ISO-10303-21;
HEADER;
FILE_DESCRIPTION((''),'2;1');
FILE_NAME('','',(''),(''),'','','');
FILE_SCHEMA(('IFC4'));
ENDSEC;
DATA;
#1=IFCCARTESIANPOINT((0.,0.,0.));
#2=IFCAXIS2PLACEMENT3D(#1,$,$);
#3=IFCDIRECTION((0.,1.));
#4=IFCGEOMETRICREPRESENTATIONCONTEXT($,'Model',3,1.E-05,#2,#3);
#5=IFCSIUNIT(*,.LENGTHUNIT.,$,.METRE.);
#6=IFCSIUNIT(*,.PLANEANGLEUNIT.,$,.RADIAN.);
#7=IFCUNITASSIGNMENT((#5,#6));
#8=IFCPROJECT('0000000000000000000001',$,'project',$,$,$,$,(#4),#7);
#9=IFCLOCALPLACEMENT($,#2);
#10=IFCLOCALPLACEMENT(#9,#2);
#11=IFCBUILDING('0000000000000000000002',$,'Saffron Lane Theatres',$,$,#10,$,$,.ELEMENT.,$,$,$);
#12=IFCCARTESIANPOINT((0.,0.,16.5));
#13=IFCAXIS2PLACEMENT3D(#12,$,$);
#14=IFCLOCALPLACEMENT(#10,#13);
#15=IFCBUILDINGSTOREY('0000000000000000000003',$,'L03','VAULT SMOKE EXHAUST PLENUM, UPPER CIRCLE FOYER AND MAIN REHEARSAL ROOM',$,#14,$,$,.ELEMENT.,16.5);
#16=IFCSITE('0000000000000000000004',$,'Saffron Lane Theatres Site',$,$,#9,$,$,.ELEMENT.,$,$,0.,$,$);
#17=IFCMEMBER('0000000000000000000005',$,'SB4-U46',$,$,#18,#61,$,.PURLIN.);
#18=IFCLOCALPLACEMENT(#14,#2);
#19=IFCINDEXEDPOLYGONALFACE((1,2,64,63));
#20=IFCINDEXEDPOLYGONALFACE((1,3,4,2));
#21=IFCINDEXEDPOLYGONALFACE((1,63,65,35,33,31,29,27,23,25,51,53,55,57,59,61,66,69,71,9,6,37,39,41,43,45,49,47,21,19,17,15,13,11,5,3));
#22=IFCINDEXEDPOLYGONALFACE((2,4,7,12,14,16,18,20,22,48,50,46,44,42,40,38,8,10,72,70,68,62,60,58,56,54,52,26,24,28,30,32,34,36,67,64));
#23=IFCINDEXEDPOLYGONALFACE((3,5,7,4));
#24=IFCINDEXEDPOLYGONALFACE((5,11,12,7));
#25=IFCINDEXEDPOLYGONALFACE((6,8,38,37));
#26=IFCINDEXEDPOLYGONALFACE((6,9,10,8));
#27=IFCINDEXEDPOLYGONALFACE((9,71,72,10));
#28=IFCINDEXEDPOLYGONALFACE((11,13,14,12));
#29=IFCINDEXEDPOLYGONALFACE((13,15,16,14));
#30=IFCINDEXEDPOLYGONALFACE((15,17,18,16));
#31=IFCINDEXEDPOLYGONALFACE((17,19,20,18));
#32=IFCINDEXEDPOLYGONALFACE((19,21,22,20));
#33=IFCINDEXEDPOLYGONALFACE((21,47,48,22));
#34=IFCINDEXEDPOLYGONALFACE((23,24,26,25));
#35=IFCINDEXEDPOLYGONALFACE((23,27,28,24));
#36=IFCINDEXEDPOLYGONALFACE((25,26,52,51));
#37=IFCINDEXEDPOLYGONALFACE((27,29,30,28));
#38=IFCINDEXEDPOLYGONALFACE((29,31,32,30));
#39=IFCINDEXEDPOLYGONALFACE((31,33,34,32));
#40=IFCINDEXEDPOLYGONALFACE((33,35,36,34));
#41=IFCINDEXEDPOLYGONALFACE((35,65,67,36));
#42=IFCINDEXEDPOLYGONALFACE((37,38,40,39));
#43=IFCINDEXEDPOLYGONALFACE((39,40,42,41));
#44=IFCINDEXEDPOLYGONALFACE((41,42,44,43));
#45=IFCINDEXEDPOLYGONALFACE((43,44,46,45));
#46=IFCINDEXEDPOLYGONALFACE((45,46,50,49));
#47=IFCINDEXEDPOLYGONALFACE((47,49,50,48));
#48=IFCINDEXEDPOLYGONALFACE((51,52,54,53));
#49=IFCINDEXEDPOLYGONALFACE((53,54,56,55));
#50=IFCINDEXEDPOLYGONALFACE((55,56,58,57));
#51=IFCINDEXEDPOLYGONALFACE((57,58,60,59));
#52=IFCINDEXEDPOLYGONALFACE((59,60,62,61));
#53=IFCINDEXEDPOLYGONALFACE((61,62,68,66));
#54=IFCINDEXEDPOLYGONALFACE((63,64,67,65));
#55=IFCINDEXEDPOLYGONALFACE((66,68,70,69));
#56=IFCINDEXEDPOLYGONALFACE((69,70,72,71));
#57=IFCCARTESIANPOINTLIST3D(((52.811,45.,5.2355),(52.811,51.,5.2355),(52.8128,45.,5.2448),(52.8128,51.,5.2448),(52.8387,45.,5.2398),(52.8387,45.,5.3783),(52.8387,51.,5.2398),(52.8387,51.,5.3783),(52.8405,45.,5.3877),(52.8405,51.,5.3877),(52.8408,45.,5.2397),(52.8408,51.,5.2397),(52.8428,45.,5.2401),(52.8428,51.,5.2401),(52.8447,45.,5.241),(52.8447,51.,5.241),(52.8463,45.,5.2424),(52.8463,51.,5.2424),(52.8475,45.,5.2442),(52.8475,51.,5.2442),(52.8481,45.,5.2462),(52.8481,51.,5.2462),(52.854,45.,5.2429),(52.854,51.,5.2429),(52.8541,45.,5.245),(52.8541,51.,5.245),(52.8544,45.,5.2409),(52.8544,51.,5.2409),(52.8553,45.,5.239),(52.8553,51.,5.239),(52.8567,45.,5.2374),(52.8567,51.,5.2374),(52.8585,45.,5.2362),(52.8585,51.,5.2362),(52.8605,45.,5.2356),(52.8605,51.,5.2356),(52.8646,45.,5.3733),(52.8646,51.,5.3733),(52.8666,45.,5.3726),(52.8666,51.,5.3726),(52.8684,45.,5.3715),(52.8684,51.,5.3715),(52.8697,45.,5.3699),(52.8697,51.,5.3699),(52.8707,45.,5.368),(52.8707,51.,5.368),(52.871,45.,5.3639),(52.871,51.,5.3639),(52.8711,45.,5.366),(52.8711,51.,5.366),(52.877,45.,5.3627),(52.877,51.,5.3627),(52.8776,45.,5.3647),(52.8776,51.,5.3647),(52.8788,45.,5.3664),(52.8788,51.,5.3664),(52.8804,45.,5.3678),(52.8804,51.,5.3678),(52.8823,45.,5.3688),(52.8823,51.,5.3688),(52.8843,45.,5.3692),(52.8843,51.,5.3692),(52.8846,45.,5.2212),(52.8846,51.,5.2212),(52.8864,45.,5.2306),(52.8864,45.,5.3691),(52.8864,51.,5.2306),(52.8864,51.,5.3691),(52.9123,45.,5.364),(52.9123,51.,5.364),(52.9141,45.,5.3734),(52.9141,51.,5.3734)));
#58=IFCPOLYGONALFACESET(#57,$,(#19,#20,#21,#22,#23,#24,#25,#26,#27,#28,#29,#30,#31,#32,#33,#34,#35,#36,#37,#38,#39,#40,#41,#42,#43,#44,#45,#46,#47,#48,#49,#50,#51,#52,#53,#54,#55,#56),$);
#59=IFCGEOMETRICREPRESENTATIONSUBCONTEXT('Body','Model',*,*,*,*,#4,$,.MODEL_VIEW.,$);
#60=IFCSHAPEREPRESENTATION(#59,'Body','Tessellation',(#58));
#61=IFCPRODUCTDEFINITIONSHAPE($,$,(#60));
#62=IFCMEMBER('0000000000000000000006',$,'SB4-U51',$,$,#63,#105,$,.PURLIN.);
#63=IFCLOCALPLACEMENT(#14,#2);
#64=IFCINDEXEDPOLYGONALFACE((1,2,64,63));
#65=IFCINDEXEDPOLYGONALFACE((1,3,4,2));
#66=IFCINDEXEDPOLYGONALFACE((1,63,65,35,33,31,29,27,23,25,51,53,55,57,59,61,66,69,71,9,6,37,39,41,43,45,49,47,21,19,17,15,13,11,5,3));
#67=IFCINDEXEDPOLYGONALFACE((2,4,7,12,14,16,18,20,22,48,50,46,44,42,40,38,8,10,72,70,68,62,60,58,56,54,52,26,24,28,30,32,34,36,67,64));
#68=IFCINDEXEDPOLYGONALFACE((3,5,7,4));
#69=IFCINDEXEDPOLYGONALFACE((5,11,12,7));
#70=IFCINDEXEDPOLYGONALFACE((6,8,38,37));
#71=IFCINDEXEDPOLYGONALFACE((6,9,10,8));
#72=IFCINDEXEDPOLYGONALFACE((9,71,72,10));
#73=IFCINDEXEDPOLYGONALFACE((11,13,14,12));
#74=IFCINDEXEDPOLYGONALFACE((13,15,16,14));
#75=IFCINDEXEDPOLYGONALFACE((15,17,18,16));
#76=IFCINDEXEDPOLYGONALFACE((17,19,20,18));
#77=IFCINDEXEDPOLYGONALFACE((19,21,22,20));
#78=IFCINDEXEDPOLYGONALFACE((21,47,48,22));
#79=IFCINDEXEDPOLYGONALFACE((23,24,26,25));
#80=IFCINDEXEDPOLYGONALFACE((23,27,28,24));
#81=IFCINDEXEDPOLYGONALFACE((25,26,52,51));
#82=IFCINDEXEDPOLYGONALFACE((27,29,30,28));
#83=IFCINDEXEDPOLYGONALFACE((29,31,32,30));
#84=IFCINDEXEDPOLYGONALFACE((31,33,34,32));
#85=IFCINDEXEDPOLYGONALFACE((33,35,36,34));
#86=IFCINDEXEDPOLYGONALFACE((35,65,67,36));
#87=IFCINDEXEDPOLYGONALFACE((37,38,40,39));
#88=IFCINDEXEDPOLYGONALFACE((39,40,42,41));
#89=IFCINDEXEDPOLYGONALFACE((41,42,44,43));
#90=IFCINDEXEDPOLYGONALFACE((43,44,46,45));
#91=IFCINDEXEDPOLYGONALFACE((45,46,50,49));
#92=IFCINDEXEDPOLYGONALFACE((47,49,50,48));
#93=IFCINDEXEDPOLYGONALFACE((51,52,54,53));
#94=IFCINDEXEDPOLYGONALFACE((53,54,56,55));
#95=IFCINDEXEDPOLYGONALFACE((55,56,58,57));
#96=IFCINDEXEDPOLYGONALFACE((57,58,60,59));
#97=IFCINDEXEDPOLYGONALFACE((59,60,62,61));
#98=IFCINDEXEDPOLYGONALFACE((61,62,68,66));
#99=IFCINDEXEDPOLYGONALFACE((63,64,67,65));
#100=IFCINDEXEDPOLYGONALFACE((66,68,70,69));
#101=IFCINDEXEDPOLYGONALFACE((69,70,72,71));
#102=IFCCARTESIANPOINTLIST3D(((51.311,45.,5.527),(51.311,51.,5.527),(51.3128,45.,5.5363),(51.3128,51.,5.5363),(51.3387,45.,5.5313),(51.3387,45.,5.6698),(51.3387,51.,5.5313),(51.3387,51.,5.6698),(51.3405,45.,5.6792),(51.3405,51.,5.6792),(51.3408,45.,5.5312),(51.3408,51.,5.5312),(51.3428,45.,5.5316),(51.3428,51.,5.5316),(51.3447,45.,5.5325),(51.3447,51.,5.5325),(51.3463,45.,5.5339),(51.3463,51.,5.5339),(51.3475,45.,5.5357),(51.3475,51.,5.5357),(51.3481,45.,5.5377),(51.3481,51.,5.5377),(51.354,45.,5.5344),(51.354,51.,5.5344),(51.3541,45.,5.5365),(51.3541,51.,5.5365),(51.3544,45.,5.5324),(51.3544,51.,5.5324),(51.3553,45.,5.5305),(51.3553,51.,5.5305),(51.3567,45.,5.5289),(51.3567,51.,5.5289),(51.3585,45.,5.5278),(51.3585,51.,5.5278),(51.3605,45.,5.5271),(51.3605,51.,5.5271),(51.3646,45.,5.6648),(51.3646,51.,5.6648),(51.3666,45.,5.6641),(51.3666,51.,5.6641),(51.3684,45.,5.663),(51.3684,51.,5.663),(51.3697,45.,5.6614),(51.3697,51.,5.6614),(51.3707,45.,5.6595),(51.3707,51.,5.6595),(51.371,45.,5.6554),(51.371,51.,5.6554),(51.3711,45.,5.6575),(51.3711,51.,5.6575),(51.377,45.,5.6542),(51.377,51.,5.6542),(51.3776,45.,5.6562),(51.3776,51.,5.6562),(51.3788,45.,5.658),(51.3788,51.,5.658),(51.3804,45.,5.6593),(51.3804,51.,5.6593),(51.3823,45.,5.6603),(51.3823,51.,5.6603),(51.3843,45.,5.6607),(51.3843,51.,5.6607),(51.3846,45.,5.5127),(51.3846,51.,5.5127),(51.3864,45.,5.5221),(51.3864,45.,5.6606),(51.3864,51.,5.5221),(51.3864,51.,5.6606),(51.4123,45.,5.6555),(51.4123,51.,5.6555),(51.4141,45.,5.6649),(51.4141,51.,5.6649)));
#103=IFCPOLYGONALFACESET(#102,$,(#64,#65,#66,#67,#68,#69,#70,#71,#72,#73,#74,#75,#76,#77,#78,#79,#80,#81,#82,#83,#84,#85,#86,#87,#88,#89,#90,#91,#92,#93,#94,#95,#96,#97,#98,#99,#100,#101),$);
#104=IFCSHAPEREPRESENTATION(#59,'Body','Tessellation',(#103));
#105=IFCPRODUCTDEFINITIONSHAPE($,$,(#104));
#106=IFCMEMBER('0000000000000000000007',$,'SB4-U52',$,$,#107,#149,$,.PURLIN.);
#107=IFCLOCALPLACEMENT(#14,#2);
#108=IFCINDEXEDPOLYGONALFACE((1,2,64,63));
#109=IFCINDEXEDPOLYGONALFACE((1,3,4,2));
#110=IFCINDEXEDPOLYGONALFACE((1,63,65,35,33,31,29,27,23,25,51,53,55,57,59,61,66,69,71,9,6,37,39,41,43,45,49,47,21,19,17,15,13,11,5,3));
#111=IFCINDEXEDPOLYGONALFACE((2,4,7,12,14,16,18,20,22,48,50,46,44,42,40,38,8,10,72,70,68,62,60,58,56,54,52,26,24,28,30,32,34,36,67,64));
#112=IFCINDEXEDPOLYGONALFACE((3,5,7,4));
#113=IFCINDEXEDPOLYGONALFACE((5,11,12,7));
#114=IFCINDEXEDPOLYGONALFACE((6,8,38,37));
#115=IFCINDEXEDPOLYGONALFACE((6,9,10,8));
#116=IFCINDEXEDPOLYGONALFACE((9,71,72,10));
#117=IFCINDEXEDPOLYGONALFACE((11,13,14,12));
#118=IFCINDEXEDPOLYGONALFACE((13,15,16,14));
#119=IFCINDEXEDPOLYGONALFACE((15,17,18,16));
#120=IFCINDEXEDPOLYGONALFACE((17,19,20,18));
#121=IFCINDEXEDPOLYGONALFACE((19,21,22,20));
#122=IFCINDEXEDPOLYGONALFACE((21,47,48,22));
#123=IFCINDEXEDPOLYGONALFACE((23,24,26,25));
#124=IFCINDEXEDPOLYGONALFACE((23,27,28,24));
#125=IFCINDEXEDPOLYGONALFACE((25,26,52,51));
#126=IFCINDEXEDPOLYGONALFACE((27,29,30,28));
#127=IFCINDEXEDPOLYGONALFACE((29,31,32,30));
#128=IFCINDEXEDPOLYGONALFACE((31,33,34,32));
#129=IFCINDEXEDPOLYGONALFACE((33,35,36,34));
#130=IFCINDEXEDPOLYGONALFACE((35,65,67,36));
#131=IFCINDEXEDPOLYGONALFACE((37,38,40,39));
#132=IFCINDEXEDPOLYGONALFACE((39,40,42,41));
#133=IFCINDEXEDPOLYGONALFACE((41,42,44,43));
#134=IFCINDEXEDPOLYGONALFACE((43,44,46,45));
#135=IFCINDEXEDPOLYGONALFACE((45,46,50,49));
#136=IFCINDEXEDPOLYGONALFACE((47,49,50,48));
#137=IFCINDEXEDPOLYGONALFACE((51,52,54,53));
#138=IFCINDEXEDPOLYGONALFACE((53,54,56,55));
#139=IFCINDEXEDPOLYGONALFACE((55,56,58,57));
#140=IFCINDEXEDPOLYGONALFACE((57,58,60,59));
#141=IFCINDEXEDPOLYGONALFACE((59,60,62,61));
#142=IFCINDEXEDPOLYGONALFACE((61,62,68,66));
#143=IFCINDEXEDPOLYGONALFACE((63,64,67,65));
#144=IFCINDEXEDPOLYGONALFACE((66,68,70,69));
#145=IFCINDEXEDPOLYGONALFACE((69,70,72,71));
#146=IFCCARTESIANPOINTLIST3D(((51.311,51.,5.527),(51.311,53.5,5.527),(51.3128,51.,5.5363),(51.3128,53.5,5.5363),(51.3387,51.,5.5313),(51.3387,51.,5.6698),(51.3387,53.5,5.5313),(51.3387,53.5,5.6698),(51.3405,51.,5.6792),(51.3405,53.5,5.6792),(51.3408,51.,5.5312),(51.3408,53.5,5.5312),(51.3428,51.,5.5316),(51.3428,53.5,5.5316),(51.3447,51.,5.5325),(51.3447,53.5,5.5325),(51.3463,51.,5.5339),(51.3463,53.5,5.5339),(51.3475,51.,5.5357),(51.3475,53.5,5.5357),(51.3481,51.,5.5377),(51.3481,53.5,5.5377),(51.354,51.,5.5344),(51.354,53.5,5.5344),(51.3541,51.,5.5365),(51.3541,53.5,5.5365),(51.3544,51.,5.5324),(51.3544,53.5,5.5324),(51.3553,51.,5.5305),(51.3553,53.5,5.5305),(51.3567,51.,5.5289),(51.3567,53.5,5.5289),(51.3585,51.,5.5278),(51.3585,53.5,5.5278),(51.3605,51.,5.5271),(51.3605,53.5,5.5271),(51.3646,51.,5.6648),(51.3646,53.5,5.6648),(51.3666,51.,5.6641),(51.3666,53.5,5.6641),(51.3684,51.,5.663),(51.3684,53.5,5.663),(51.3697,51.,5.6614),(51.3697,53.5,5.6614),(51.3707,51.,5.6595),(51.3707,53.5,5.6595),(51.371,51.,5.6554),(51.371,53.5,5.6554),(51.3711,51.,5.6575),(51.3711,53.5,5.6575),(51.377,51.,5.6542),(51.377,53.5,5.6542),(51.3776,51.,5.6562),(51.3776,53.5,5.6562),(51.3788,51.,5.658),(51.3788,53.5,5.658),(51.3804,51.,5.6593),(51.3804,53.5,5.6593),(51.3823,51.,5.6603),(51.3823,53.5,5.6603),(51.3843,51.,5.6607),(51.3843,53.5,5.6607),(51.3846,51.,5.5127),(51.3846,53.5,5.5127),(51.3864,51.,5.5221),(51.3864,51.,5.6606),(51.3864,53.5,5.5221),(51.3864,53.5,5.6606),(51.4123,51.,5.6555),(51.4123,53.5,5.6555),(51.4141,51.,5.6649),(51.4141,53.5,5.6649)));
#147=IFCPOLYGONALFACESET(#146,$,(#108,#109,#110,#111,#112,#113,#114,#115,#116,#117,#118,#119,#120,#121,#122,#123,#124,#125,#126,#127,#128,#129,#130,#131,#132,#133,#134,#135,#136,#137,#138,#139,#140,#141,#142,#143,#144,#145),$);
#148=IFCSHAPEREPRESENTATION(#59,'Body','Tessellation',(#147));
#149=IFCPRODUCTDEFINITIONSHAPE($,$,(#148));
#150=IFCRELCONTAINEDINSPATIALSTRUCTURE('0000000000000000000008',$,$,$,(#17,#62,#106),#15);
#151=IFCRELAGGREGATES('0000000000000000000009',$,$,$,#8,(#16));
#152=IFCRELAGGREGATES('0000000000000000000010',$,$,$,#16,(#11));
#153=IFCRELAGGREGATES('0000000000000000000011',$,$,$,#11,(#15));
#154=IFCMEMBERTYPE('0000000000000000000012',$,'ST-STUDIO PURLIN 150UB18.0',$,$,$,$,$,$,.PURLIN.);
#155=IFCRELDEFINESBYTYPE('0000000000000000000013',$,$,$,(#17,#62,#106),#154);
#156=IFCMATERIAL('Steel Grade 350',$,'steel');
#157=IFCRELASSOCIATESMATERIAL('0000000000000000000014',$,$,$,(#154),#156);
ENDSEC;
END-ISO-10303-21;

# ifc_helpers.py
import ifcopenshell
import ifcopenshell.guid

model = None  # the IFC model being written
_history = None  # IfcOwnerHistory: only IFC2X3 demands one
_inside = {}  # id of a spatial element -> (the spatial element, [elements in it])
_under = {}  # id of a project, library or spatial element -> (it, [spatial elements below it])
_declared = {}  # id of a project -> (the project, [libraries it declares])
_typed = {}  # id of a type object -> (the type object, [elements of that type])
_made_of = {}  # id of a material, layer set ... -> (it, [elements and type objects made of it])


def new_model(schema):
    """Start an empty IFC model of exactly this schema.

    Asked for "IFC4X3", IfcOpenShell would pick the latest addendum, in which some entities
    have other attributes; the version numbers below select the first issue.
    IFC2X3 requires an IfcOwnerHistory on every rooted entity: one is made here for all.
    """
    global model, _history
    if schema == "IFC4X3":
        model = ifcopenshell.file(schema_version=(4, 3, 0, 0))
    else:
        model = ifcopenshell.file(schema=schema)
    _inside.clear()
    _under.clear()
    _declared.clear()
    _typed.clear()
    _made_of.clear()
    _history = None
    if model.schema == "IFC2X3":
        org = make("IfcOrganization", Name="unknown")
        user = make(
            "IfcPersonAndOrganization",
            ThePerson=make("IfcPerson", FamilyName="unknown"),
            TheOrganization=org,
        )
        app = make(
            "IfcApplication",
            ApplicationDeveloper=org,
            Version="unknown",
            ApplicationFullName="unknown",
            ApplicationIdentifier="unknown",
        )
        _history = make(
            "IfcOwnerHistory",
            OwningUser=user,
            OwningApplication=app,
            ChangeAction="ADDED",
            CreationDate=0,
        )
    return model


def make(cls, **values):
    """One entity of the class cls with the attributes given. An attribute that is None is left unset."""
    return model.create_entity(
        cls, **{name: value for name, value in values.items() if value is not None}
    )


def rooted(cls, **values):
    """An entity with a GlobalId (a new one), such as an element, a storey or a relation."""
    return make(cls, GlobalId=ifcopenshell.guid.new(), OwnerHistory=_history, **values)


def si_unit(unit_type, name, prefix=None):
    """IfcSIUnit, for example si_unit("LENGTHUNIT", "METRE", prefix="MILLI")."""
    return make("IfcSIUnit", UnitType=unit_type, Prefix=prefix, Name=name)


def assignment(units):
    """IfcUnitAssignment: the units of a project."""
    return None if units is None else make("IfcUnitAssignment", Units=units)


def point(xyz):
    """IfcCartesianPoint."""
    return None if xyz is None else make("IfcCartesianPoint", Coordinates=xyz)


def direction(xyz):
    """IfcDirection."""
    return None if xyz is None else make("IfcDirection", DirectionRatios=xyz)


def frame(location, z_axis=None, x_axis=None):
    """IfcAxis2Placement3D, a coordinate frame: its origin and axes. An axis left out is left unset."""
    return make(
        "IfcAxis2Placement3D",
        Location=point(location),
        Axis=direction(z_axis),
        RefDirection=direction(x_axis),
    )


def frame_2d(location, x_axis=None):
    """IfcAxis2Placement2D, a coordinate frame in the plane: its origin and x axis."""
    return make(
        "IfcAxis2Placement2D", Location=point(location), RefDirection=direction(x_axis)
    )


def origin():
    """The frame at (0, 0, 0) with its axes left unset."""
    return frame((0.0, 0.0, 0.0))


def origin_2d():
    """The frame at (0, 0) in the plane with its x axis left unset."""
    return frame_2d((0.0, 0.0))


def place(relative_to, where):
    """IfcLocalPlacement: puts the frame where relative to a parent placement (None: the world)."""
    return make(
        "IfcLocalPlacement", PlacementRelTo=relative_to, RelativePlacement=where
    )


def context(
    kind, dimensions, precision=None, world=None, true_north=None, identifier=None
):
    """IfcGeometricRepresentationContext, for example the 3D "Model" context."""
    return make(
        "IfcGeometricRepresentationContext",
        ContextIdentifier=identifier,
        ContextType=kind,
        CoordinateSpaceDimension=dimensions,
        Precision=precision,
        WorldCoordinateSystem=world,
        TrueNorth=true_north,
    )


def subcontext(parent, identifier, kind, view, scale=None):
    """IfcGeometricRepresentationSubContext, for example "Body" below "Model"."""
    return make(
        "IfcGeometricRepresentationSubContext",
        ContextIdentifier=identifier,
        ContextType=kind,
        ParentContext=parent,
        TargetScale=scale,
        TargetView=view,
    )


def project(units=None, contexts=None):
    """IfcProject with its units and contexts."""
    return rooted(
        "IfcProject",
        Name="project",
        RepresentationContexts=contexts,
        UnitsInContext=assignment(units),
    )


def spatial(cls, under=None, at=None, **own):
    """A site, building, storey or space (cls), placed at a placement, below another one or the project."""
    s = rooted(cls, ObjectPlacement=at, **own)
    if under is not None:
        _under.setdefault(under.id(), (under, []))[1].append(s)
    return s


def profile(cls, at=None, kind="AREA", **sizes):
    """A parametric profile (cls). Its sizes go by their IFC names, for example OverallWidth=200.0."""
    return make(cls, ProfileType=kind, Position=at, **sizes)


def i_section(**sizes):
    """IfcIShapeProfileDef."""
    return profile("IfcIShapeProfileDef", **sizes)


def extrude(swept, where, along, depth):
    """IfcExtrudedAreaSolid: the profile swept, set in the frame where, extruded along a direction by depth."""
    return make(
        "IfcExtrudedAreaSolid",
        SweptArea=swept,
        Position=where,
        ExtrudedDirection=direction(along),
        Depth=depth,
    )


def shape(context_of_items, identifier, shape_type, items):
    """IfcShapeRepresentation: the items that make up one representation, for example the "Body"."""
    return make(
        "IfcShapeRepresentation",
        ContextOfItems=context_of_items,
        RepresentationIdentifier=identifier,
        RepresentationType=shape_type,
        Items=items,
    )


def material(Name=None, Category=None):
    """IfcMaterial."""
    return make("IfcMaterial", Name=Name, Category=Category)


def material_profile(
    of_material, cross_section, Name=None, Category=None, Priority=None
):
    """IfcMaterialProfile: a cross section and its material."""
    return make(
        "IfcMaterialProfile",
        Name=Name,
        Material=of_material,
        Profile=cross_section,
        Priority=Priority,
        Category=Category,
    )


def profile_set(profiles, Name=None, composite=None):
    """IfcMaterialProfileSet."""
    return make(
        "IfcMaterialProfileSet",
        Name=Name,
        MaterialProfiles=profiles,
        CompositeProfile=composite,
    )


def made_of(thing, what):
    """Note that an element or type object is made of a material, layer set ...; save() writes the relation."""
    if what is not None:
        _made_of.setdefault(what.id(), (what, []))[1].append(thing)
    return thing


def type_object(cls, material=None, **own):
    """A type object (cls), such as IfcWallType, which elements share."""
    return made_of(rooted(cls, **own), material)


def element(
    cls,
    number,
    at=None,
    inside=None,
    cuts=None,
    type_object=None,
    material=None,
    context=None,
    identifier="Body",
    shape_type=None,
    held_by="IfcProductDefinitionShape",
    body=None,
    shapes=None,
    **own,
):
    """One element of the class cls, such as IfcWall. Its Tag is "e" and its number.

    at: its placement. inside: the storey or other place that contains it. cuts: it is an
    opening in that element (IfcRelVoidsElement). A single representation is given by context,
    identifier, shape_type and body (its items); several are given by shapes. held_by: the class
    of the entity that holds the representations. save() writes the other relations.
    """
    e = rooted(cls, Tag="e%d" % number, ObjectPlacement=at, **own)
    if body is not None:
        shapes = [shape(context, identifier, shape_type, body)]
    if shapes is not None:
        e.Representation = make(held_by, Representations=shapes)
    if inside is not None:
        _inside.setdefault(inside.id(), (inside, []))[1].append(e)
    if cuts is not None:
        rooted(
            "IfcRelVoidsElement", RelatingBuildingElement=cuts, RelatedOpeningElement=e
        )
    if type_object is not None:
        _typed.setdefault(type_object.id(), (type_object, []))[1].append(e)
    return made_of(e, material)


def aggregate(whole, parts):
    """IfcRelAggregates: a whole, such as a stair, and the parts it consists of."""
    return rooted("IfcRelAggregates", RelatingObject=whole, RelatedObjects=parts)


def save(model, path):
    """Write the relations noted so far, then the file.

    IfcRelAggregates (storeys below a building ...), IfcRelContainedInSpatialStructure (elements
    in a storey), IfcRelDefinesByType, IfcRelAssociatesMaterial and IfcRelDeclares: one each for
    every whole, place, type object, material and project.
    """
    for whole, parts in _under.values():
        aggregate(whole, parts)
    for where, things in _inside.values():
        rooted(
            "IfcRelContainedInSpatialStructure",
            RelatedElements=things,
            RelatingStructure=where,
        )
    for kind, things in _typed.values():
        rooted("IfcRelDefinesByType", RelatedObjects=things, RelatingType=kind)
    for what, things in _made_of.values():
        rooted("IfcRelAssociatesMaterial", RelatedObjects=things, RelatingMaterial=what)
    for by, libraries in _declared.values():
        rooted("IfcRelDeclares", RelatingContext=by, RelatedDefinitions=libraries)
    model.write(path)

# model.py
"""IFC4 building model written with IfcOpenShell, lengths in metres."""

from ifc_helpers import new_model, si_unit, direction, frame, origin, origin_2d, place, context, subcontext, project, spatial, i_section, extrude, material, material_profile, profile_set, type_object, element, save


model = new_model("IFC4")

# Units and contexts
model_context = context("Model", 3, precision=1e-05, world=origin(), true_north=direction((0.0, 1.0)))
body_context = subcontext(model_context, "Body", "Model", "MODEL_VIEW")
ifc_project = project(units=[si_unit("LENGTHUNIT", "METRE"), si_unit("PLANEANGLEUNIT", "RADIAN")], contexts=[model_context])

# Site, building, storey
site_placement = place(None, origin())
site = spatial("IfcSite", under=ifc_project, at=site_placement, Name="Saffron Lane Theatres Site", CompositionType="ELEMENT", RefElevation=0.0)
building_placement = place(site_placement, origin())
building = spatial("IfcBuilding", under=site, at=building_placement, Name="Saffron Lane Theatres", CompositionType="ELEMENT")
storey_placement = place(building_placement, frame((0.0, 0.0, 16.5)))
storey = spatial("IfcBuildingStorey", under=building, at=storey_placement, Name="L03", Description="VAULT SMOKE EXHAUST PLENUM, UPPER CIRCLE FOYER AND MAIN REHEARSAL ROOM", CompositionType="ELEMENT", Elevation=16.5)

# Members
ifc_material_1 = material(Name="Steel Grade 350", Category="steel")
ifc_material_profile_1 = material_profile(ifc_material_1, i_section(OverallWidth=0.075, OverallDepth=0.155, WebThickness=0.0061, FlangeThickness=0.0095, FilletRadius=0.0081, at=origin_2d()))
ifc_profile_set_1 = profile_set([ifc_material_profile_1], Name="Steel Grade 350")
member_type_1 = type_object("IfcMemberType", Name="ST-STUDIO PURLIN 150UB18.0", PredefinedType="PURLIN", material=ifc_profile_set_1)
for number, where, z_axis, x_axis, name in (
    (1, (52.8625, 45.0, 5.3044), (0.0, 1.0, 0.0), (-0.981661, 0.0, 0.190637), "SB4-U46"),
    (2, (51.3625, 45.0, 5.5959), (0.0, 1.0, 0.0), (-0.981661, 0.0, 0.190637), "SB4-U51"),
):
    element("IfcMember", number, at=place(storey_placement, frame(where, z_axis=z_axis, x_axis=x_axis)), inside=storey, type_object=member_type_1, Name=name, PredefinedType="PURLIN", context=body_context, shape_type="SweptSolid", body=[
        extrude(i_section(OverallWidth=0.075, OverallDepth=0.155, WebThickness=0.0061, FlangeThickness=0.0095, FilletRadius=0.0081, at=origin_2d()), origin(), (0.0, 0.0, 1.0), 6.0),
    ])
member_1_placement = place(storey_placement, frame((51.3625, 51.0, 5.5959), z_axis=(0.0, 1.0, 0.0), x_axis=(-0.981661, 0.0, 0.190637)))
element("IfcMember", 3, at=member_1_placement, inside=storey, type_object=member_type_1, Name="SB4-U52", PredefinedType="PURLIN", context=body_context, shape_type="SweptSolid", body=[
    extrude(i_section(OverallWidth=0.075, OverallDepth=0.155, WebThickness=0.0061, FlangeThickness=0.0095, FilletRadius=0.0081, at=origin_2d()), origin(), (0.0, 0.0, 1.0), 2.5),
])

save(model, "model.ifc")
